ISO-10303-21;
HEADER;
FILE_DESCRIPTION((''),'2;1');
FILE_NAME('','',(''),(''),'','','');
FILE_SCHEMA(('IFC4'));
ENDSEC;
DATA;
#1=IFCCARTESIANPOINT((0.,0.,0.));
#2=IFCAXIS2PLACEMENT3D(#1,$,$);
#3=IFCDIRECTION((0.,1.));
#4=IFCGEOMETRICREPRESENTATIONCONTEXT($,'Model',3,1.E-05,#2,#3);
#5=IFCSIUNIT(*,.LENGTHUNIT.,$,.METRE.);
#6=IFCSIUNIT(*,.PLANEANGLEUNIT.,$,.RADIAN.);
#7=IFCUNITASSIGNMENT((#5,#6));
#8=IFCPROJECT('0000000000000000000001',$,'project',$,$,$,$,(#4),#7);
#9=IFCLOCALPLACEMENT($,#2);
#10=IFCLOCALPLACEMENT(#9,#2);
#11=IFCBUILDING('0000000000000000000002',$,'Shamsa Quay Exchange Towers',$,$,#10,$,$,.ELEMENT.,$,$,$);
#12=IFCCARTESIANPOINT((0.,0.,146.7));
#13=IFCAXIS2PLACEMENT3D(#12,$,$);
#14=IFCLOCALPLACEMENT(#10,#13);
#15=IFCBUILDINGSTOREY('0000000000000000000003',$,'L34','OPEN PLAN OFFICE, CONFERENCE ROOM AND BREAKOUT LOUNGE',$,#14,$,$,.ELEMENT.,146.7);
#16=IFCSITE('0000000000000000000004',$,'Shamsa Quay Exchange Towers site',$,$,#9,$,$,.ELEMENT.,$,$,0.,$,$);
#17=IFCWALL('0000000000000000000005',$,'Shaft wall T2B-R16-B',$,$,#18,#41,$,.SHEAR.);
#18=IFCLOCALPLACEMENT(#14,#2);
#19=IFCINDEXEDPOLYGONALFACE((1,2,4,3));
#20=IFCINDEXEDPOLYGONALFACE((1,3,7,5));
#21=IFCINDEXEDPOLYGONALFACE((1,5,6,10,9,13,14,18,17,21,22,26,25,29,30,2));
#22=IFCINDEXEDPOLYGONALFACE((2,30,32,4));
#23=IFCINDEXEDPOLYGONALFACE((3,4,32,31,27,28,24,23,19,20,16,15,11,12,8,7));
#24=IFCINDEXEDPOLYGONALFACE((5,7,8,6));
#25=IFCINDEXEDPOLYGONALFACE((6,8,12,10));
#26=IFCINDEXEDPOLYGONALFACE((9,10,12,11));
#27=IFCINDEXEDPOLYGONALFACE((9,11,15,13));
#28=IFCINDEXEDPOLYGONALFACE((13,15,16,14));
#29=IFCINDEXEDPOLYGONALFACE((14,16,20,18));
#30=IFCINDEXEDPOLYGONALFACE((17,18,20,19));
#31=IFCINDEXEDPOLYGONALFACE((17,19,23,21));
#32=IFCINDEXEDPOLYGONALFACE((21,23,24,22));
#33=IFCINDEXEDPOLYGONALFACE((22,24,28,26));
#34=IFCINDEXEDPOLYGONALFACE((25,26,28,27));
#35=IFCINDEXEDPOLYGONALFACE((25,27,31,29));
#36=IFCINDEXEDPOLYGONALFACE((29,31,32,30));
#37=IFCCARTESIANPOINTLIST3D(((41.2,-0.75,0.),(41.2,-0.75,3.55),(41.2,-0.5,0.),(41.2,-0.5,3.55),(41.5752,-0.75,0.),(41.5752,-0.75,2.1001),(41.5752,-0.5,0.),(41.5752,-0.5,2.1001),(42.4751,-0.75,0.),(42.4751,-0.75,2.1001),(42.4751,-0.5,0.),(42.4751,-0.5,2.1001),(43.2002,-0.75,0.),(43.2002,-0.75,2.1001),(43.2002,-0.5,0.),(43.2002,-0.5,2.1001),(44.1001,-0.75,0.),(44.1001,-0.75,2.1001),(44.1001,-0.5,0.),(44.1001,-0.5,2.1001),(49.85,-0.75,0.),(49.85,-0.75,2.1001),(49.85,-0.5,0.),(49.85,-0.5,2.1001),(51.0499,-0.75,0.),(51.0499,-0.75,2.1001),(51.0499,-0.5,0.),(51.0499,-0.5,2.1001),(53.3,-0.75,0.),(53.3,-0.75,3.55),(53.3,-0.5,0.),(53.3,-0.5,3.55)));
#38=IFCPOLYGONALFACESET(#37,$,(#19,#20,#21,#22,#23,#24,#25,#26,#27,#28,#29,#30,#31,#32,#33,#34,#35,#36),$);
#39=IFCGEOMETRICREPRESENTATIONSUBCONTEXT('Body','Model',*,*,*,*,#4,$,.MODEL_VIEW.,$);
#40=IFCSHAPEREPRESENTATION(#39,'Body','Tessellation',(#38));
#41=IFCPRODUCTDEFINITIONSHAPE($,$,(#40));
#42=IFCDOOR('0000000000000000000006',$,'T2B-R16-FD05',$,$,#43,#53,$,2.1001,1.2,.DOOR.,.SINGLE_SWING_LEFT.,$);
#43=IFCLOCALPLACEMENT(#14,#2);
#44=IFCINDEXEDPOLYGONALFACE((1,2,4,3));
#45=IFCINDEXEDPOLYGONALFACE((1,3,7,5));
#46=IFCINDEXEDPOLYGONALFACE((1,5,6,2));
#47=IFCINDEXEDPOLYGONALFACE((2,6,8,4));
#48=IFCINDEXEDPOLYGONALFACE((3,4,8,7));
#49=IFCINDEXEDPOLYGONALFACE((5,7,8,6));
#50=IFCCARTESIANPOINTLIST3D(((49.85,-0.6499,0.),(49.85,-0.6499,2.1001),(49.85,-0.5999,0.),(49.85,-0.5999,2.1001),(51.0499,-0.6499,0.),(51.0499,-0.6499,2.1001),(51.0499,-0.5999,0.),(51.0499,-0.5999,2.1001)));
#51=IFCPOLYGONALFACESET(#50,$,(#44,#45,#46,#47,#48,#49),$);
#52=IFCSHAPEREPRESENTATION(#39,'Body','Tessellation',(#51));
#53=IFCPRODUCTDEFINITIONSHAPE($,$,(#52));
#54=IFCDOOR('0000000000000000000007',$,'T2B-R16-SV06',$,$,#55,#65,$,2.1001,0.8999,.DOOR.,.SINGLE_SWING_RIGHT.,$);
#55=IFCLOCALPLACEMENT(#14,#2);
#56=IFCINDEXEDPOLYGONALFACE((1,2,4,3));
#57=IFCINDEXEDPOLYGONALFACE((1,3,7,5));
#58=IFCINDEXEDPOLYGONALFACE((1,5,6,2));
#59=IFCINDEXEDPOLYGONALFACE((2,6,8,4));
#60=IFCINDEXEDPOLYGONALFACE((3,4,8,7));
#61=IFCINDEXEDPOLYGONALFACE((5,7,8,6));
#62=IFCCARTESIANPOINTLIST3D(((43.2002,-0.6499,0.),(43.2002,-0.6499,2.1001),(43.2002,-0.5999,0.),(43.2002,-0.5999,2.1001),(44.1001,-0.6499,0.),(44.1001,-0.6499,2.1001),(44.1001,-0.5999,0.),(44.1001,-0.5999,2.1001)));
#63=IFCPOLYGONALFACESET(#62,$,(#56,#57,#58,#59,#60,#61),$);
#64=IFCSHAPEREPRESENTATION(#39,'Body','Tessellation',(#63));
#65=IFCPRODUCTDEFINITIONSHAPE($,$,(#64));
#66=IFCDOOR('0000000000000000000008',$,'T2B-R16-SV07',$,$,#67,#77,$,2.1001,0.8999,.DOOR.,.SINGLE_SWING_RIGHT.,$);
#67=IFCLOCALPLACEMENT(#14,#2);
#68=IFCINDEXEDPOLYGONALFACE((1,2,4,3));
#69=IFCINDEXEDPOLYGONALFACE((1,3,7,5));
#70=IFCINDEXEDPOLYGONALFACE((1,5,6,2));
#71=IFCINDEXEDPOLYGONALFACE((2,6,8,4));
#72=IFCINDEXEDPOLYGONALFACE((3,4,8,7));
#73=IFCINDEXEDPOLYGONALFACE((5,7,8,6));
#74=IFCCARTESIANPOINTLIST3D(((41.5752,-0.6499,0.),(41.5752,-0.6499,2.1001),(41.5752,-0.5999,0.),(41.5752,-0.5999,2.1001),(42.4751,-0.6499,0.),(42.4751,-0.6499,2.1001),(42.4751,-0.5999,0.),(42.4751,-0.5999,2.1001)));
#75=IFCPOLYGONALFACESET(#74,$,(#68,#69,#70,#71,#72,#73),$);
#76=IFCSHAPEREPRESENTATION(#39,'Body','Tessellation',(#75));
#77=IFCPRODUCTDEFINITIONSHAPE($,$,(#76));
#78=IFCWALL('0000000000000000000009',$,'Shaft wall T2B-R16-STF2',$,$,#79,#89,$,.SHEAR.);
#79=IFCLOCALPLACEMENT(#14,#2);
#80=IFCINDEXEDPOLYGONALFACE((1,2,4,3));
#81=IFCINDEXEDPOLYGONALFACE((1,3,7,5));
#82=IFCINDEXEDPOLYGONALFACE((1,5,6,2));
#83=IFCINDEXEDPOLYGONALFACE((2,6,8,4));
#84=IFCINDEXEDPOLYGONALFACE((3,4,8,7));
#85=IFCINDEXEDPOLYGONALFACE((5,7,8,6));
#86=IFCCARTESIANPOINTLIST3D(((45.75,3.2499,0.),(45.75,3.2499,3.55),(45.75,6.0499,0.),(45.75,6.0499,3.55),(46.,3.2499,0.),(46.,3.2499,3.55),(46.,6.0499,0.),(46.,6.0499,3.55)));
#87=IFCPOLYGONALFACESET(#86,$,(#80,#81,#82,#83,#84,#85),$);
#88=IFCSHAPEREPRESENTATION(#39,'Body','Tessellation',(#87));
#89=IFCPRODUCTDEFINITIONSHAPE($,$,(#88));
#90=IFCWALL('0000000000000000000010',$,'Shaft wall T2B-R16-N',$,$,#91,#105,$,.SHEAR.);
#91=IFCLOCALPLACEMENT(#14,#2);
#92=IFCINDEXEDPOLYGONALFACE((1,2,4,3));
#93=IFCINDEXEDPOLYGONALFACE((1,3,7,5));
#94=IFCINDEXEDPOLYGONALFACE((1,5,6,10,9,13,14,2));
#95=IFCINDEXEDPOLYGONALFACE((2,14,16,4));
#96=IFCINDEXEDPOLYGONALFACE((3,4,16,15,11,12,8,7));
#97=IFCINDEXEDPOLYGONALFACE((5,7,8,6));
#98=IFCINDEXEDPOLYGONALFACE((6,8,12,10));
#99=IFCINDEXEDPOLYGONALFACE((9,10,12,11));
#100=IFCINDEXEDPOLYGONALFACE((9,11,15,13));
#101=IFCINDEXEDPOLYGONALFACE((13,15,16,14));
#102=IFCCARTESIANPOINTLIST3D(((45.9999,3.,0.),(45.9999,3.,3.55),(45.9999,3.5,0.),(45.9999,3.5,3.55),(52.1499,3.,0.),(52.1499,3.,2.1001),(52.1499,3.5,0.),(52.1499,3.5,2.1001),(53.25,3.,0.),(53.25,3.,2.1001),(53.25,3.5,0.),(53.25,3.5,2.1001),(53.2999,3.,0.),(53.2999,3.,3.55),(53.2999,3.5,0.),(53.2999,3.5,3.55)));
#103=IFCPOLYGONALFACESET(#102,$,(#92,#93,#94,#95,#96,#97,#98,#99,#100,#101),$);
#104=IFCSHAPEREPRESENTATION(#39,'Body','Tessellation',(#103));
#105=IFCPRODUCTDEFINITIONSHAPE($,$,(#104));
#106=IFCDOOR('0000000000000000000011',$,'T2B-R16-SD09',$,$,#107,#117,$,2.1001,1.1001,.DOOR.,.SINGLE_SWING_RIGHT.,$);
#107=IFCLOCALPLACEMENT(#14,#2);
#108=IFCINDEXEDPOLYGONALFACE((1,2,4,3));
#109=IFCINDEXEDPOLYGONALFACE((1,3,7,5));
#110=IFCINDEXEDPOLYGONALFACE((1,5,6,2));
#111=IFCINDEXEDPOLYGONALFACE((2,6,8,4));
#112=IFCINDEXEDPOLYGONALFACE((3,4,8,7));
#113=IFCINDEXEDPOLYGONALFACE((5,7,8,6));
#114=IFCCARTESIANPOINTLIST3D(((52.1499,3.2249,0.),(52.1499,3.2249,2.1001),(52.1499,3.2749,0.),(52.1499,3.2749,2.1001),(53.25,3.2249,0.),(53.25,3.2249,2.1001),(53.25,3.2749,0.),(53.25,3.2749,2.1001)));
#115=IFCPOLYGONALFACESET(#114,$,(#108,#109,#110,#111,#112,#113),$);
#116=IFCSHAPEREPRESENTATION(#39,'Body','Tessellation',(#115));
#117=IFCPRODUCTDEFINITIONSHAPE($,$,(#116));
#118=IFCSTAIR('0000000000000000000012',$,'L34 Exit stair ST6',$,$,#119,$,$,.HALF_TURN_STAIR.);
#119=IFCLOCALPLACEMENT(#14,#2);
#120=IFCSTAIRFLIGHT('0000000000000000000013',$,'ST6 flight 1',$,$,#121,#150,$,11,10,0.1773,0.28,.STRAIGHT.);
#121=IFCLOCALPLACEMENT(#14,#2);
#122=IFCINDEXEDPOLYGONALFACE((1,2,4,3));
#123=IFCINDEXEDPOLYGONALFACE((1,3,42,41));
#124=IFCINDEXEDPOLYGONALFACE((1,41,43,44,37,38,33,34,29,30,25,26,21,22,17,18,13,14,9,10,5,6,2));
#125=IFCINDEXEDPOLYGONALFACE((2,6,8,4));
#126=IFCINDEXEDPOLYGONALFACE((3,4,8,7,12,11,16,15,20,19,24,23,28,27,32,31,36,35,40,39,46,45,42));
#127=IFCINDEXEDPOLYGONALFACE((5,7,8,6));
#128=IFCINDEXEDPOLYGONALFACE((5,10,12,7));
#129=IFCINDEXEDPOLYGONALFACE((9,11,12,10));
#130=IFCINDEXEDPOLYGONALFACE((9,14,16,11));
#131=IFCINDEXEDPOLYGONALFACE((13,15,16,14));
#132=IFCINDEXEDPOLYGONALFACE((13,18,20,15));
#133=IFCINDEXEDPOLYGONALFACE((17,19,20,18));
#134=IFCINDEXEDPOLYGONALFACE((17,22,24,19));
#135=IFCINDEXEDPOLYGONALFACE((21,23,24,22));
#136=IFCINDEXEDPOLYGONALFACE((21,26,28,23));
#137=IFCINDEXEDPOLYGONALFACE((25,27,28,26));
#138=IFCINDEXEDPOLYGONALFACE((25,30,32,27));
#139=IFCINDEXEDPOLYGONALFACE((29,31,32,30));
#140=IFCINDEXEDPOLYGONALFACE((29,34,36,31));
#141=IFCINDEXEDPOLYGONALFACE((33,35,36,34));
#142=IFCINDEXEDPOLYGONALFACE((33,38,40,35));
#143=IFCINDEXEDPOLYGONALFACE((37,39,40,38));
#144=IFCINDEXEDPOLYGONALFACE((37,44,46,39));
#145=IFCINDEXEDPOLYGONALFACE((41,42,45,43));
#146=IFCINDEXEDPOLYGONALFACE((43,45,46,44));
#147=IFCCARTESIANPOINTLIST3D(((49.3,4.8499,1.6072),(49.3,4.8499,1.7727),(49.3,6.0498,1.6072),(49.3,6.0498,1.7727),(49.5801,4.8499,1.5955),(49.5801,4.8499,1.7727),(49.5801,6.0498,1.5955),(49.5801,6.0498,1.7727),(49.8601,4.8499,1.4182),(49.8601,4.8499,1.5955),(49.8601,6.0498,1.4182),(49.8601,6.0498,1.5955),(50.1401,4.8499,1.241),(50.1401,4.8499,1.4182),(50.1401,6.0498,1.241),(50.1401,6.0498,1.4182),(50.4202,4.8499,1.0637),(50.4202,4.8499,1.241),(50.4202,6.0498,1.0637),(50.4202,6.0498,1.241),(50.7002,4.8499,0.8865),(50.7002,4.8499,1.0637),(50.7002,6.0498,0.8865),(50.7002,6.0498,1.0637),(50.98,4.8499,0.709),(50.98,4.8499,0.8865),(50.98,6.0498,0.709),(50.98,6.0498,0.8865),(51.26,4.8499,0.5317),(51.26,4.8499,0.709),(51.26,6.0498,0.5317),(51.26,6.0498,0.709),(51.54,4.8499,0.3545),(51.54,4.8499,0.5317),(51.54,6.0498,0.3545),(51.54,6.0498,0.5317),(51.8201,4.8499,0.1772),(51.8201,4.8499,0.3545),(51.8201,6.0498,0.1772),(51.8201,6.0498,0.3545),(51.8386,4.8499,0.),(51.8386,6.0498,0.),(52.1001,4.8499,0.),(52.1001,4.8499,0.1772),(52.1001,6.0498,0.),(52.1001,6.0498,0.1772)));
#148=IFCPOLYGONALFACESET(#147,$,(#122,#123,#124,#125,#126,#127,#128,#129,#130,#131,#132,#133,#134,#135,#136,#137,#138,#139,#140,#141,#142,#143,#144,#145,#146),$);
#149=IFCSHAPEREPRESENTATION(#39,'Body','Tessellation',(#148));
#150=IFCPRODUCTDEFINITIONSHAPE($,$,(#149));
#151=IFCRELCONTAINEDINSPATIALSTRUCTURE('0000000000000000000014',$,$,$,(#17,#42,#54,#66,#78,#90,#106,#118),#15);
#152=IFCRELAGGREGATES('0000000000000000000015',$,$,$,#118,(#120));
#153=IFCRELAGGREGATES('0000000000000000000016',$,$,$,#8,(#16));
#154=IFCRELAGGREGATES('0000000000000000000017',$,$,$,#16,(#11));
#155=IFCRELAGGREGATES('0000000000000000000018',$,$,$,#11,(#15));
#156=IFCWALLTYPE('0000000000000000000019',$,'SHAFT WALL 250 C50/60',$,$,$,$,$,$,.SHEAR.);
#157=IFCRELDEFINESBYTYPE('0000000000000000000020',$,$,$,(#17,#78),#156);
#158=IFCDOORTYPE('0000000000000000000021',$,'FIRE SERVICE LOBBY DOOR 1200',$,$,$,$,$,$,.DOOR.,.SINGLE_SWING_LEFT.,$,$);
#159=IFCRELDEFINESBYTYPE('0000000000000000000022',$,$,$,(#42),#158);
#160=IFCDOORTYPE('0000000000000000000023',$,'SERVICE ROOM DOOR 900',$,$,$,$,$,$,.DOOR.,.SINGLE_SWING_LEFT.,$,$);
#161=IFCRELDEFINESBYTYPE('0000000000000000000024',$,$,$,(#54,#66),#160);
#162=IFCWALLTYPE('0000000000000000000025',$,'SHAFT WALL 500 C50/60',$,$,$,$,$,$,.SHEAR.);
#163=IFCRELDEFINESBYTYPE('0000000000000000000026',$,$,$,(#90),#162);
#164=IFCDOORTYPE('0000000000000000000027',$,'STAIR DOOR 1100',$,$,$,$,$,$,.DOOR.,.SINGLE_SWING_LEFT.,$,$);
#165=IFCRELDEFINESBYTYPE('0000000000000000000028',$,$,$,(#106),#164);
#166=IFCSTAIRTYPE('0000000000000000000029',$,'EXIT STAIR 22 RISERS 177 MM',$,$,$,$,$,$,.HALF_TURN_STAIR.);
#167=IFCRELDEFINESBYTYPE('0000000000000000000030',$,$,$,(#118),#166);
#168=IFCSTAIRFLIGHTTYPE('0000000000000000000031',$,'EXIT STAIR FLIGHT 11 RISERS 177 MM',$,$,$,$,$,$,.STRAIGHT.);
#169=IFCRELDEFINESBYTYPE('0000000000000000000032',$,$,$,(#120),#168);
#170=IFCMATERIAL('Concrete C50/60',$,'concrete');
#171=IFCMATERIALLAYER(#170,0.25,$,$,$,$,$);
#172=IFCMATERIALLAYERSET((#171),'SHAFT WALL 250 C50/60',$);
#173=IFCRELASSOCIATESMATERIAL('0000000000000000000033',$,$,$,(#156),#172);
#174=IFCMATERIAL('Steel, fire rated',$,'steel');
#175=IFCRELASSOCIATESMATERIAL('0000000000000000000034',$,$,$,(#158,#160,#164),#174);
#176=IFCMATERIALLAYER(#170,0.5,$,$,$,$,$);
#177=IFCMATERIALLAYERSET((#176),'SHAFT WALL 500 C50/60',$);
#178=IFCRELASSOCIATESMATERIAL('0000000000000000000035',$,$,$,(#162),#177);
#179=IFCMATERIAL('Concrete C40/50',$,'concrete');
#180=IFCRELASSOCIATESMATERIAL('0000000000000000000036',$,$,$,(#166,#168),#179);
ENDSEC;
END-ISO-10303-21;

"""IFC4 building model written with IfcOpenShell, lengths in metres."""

from ifc_helpers import new_model, si_unit, direction, frame, frame_2d, origin, place, context, subcontext, project, spatial, polyline, rectangle, outline, extrude, material, layer, layer_set, type_object, element, fill, aggregate, save


model = new_model("IFC4")

# Units and contexts
model_context = context("Model", 3, precision=1e-05, world=origin(), true_north=direction((0.0, 1.0)))
body_context = subcontext(model_context, "Body", "Model", "MODEL_VIEW")
ifc_project = project(units=[si_unit("LENGTHUNIT", "METRE"), si_unit("PLANEANGLEUNIT", "RADIAN")], contexts=[model_context])

# Site, building, storey
site_placement = place(None, origin())
site = spatial("IfcSite", under=ifc_project, at=site_placement, Name="Shamsa Quay Exchange Towers site", CompositionType="ELEMENT", RefElevation=0.0)
building_placement = place(site_placement, origin())
building = spatial("IfcBuilding", under=site, at=building_placement, Name="Shamsa Quay Exchange Towers", CompositionType="ELEMENT")
storey_placement = place(building_placement, frame((0.0, 0.0, 146.7)))
storey = spatial("IfcBuildingStorey", under=building, at=storey_placement, Name="L34", Description="OPEN PLAN OFFICE, CONFERENCE ROOM AND BREAKOUT LOUNGE", CompositionType="ELEMENT", Elevation=146.7)

# Wall, openings, doors
ifc_material_1 = material(Name="Concrete C50/60", Category="concrete")
ifc_layer_1 = layer(ifc_material_1, 0.25)
ifc_layer_set_1 = layer_set([ifc_layer_1], Name="SHAFT WALL 250 C50/60")
wall_type_1 = type_object("IfcWallType", Name="SHAFT WALL 250 C50/60", PredefinedType="SHEAR", material=ifc_layer_set_1)
wall_1_placement = place(storey_placement, frame((53.3, -0.625, 0.0), z_axis=(0.0, 0.0, 1.0), x_axis=(-1.0, 0.0, 0.0)))
wall_1 = element("IfcWall", 1, at=wall_1_placement, inside=storey, type_object=wall_type_1, Name="Shaft wall T2B-R16-B", PredefinedType="SHEAR", context=body_context, shape_type="SweptSolid", body=[
    extrude(rectangle(XDim=12.1001, YDim=0.25, at=frame_2d((6.05, 0.0))), origin(), (0.0, 0.0, 1.0), 3.55),
])
opening_1_placement = place(wall_1_placement, frame((2.25, 0.0, 0.0)))
opening_1 = element("IfcOpeningElement", 2, at=opening_1_placement, cuts=wall_1, PredefinedType="OPENING", context=body_context, shape_type="SweptSolid", body=[
    extrude(rectangle(XDim=1.2, YDim=2.1001, at=frame_2d((0.6001, 1.05))), frame((0.0, 0.135, 0.0), z_axis=(0.0, -1.0, 0.0), x_axis=(1.0, 0.0, 0.0)), (0.0, 0.0, 1.0), 0.27),
])
opening_2_placement = place(wall_1_placement, frame((9.2, 0.0, 0.0)))
opening_2 = element("IfcOpeningElement", 3, at=opening_2_placement, cuts=wall_1, PredefinedType="OPENING", context=body_context, shape_type="SweptSolid", body=[
    extrude(rectangle(XDim=0.8999, YDim=2.1001, at=frame_2d((0.45, 1.05))), frame((0.0, 0.135, 0.0), z_axis=(0.0, -1.0, 0.0), x_axis=(1.0, 0.0, 0.0)), (0.0, 0.0, 1.0), 0.27),
])
opening_3_placement = place(wall_1_placement, frame((10.825, 0.0, 0.0)))
opening_3 = element("IfcOpeningElement", 4, at=opening_3_placement, cuts=wall_1, PredefinedType="OPENING", context=body_context, shape_type="SweptSolid", body=[
    extrude(rectangle(XDim=0.8999, YDim=2.1001, at=frame_2d((0.45, 1.05))), frame((0.0, 0.135, 0.0), z_axis=(0.0, -1.0, 0.0), x_axis=(1.0, 0.0, 0.0)), (0.0, 0.0, 1.0), 0.27),
])
ifc_material_2 = material(Name="Steel, fire rated", Category="steel")
door_type_1 = type_object("IfcDoorType", Name="FIRE SERVICE LOBBY DOOR 1200", OperationType="SINGLE_SWING_LEFT", PredefinedType="DOOR", material=ifc_material_2)
door_1_placement = place(opening_1_placement, origin())
door_1 = element("IfcDoor", 5, at=door_1_placement, inside=storey, type_object=door_type_1, Name="T2B-R16-FD05", OperationType="SINGLE_SWING_LEFT", OverallHeight=2.1001, OverallWidth=1.2, PredefinedType="DOOR", context=body_context, shape_type="SweptSolid", body=[
    extrude(rectangle(XDim=1.2, YDim=2.1001, at=frame_2d((0.6001, 1.05))), frame((0.0, 0.0249, 0.0), z_axis=(0.0, -1.0, 0.0), x_axis=(1.0, 0.0, 0.0)), (0.0, 0.0, 1.0), 0.05),
])
fill(opening_1, door_1)
door_type_2 = type_object("IfcDoorType", Name="SERVICE ROOM DOOR 900", OperationType="SINGLE_SWING_LEFT", PredefinedType="DOOR", material=ifc_material_2)
door_2_placement = place(opening_2_placement, origin())
door_2 = element("IfcDoor", 6, at=door_2_placement, inside=storey, type_object=door_type_2, Name="T2B-R16-SV06", OperationType="SINGLE_SWING_RIGHT", OverallHeight=2.1001, OverallWidth=0.8999, PredefinedType="DOOR", context=body_context, shape_type="SweptSolid", body=[
    extrude(rectangle(XDim=0.8999, YDim=2.1001, at=frame_2d((0.45, 1.05))), frame((0.0, 0.0249, 0.0), z_axis=(0.0, -1.0, 0.0), x_axis=(1.0, 0.0, 0.0)), (0.0, 0.0, 1.0), 0.05),
])
fill(opening_2, door_2)
door_3_placement = place(opening_3_placement, origin())
door_3 = element("IfcDoor", 7, at=door_3_placement, inside=storey, type_object=door_type_2, Name="T2B-R16-SV07", OperationType="SINGLE_SWING_RIGHT", OverallHeight=2.1001, OverallWidth=0.8999, PredefinedType="DOOR", context=body_context, shape_type="SweptSolid", body=[
    extrude(rectangle(XDim=0.8999, YDim=2.1001, at=frame_2d((0.45, 1.05))), frame((0.0, 0.0249, 0.0), z_axis=(0.0, -1.0, 0.0), x_axis=(1.0, 0.0, 0.0)), (0.0, 0.0, 1.0), 0.05),
])
fill(opening_3, door_3)

# Wall
wall_2_placement = place(storey_placement, frame((45.875, 3.25, 0.0), z_axis=(0.0, 0.0, 1.0), x_axis=(0.0, 1.0, 0.0)))
element("IfcWall", 8, at=wall_2_placement, inside=storey, type_object=wall_type_1, Name="Shaft wall T2B-R16-STF2", PredefinedType="SHEAR", context=body_context, shape_type="SweptSolid", body=[
    extrude(rectangle(XDim=2.8, YDim=0.25, at=frame_2d((1.3999, 0.0))), origin(), (0.0, 0.0, 1.0), 3.55),
])

# Wall, opening, door
ifc_layer_2 = layer(ifc_material_1, 0.5)
ifc_layer_set_2 = layer_set([ifc_layer_2], Name="SHAFT WALL 500 C50/60")
wall_type_2 = type_object("IfcWallType", Name="SHAFT WALL 500 C50/60", PredefinedType="SHEAR", material=ifc_layer_set_2)
wall_3_placement = place(storey_placement, frame((46.0, 3.25, 0.0)))
wall_3 = element("IfcWall", 9, at=wall_3_placement, inside=storey, type_object=wall_type_2, Name="Shaft wall T2B-R16-N", PredefinedType="SHEAR", context=body_context, shape_type="SweptSolid", body=[
    extrude(rectangle(XDim=7.3, YDim=0.5, at=frame_2d((3.6499, 0.0))), origin(), (0.0, 0.0, 1.0), 3.55),
])
opening_4_placement = place(wall_3_placement, frame((6.1499, 0.0, 0.0)))
opening_4 = element("IfcOpeningElement", 10, at=opening_4_placement, cuts=wall_3, PredefinedType="OPENING", context=body_context, shape_type="SweptSolid", body=[
    extrude(rectangle(XDim=1.1001, YDim=2.1001, at=frame_2d((0.55, 1.05))), frame((0.0, 0.26, 0.0), z_axis=(0.0, -1.0, 0.0), x_axis=(1.0, 0.0, 0.0)), (0.0, 0.0, 1.0), 0.52),
])
door_type_3 = type_object("IfcDoorType", Name="STAIR DOOR 1100", OperationType="SINGLE_SWING_LEFT", PredefinedType="DOOR", material=ifc_material_2)
door_4_placement = place(opening_4_placement, origin())
door_4 = element("IfcDoor", 11, at=door_4_placement, inside=storey, type_object=door_type_3, Name="T2B-R16-SD09", OperationType="SINGLE_SWING_RIGHT", OverallHeight=2.1001, OverallWidth=1.1001, PredefinedType="DOOR", context=body_context, shape_type="SweptSolid", body=[
    extrude(rectangle(XDim=1.1001, YDim=2.1001, at=frame_2d((0.55, 1.05))), frame((0.0, 0.0249, 0.0), z_axis=(0.0, -1.0, 0.0), x_axis=(1.0, 0.0, 0.0)), (0.0, 0.0, 1.0), 0.05),
])
fill(opening_4, door_4)

# Stair, stair flight
ifc_material_3 = material(Name="Concrete C40/50", Category="concrete")
stair_type = type_object("IfcStairType", Name="EXIT STAIR 22 RISERS 177 MM", PredefinedType="HALF_TURN_STAIR", material=ifc_material_3)
stair_placement = place(storey_placement, origin())
stair = element("IfcStair", 12, at=stair_placement, inside=storey, type_object=stair_type, Name="L34 Exit stair ST6", PredefinedType="HALF_TURN_STAIR")
stair_flight_type = type_object("IfcStairFlightType", Name="EXIT STAIR FLIGHT 11 RISERS 177 MM", PredefinedType="STRAIGHT", material=ifc_material_3)
stair_flight_1_placement = place(storey_placement, frame((52.1001, 5.45, 0.0), z_axis=(0.0, 0.0, 1.0), x_axis=(-1.0, 0.0, 0.0)))
stair_flight_1 = element("IfcStairFlight", 13, at=stair_flight_1_placement, type_object=stair_flight_type, Name="ST6 flight 1", NumberOfRisers=11, NumberOfTreads=10, PredefinedType="STRAIGHT", RiserHeight=0.1773, TreadLength=0.28, context=body_context, shape_type="SweptSolid", body=[
    extrude(outline(polyline([(0.0, 0.0), (0.0, 0.1772), (0.28, 0.1772), (0.28, 0.3545), (0.5601, 0.3545), (0.5601, 0.5317), (0.8401, 0.5317), (0.8401, 0.709), (1.1201, 0.709), (1.1201, 0.8865), (1.3999, 0.8865), (1.3999, 1.0637), (1.6799, 1.0637), (1.6799, 1.241), (1.96, 1.241), (1.96, 1.4182), (2.24, 1.4182), (2.24, 1.5955), (2.52, 1.5955), (2.52, 1.7727), (2.8, 1.7727), (2.8, 1.95), (2.8, 1.6072), (0.2615, 0.0), (0.0, 0.0)])), frame((0.0, 0.6001, 0.0), z_axis=(0.0, -1.0, 0.0), x_axis=(1.0, 0.0, 0.0)), (0.0, 0.0, 1.0), 1.2),
])
aggregate(stair, [stair_flight_1])

save(model, "model.ifc")
